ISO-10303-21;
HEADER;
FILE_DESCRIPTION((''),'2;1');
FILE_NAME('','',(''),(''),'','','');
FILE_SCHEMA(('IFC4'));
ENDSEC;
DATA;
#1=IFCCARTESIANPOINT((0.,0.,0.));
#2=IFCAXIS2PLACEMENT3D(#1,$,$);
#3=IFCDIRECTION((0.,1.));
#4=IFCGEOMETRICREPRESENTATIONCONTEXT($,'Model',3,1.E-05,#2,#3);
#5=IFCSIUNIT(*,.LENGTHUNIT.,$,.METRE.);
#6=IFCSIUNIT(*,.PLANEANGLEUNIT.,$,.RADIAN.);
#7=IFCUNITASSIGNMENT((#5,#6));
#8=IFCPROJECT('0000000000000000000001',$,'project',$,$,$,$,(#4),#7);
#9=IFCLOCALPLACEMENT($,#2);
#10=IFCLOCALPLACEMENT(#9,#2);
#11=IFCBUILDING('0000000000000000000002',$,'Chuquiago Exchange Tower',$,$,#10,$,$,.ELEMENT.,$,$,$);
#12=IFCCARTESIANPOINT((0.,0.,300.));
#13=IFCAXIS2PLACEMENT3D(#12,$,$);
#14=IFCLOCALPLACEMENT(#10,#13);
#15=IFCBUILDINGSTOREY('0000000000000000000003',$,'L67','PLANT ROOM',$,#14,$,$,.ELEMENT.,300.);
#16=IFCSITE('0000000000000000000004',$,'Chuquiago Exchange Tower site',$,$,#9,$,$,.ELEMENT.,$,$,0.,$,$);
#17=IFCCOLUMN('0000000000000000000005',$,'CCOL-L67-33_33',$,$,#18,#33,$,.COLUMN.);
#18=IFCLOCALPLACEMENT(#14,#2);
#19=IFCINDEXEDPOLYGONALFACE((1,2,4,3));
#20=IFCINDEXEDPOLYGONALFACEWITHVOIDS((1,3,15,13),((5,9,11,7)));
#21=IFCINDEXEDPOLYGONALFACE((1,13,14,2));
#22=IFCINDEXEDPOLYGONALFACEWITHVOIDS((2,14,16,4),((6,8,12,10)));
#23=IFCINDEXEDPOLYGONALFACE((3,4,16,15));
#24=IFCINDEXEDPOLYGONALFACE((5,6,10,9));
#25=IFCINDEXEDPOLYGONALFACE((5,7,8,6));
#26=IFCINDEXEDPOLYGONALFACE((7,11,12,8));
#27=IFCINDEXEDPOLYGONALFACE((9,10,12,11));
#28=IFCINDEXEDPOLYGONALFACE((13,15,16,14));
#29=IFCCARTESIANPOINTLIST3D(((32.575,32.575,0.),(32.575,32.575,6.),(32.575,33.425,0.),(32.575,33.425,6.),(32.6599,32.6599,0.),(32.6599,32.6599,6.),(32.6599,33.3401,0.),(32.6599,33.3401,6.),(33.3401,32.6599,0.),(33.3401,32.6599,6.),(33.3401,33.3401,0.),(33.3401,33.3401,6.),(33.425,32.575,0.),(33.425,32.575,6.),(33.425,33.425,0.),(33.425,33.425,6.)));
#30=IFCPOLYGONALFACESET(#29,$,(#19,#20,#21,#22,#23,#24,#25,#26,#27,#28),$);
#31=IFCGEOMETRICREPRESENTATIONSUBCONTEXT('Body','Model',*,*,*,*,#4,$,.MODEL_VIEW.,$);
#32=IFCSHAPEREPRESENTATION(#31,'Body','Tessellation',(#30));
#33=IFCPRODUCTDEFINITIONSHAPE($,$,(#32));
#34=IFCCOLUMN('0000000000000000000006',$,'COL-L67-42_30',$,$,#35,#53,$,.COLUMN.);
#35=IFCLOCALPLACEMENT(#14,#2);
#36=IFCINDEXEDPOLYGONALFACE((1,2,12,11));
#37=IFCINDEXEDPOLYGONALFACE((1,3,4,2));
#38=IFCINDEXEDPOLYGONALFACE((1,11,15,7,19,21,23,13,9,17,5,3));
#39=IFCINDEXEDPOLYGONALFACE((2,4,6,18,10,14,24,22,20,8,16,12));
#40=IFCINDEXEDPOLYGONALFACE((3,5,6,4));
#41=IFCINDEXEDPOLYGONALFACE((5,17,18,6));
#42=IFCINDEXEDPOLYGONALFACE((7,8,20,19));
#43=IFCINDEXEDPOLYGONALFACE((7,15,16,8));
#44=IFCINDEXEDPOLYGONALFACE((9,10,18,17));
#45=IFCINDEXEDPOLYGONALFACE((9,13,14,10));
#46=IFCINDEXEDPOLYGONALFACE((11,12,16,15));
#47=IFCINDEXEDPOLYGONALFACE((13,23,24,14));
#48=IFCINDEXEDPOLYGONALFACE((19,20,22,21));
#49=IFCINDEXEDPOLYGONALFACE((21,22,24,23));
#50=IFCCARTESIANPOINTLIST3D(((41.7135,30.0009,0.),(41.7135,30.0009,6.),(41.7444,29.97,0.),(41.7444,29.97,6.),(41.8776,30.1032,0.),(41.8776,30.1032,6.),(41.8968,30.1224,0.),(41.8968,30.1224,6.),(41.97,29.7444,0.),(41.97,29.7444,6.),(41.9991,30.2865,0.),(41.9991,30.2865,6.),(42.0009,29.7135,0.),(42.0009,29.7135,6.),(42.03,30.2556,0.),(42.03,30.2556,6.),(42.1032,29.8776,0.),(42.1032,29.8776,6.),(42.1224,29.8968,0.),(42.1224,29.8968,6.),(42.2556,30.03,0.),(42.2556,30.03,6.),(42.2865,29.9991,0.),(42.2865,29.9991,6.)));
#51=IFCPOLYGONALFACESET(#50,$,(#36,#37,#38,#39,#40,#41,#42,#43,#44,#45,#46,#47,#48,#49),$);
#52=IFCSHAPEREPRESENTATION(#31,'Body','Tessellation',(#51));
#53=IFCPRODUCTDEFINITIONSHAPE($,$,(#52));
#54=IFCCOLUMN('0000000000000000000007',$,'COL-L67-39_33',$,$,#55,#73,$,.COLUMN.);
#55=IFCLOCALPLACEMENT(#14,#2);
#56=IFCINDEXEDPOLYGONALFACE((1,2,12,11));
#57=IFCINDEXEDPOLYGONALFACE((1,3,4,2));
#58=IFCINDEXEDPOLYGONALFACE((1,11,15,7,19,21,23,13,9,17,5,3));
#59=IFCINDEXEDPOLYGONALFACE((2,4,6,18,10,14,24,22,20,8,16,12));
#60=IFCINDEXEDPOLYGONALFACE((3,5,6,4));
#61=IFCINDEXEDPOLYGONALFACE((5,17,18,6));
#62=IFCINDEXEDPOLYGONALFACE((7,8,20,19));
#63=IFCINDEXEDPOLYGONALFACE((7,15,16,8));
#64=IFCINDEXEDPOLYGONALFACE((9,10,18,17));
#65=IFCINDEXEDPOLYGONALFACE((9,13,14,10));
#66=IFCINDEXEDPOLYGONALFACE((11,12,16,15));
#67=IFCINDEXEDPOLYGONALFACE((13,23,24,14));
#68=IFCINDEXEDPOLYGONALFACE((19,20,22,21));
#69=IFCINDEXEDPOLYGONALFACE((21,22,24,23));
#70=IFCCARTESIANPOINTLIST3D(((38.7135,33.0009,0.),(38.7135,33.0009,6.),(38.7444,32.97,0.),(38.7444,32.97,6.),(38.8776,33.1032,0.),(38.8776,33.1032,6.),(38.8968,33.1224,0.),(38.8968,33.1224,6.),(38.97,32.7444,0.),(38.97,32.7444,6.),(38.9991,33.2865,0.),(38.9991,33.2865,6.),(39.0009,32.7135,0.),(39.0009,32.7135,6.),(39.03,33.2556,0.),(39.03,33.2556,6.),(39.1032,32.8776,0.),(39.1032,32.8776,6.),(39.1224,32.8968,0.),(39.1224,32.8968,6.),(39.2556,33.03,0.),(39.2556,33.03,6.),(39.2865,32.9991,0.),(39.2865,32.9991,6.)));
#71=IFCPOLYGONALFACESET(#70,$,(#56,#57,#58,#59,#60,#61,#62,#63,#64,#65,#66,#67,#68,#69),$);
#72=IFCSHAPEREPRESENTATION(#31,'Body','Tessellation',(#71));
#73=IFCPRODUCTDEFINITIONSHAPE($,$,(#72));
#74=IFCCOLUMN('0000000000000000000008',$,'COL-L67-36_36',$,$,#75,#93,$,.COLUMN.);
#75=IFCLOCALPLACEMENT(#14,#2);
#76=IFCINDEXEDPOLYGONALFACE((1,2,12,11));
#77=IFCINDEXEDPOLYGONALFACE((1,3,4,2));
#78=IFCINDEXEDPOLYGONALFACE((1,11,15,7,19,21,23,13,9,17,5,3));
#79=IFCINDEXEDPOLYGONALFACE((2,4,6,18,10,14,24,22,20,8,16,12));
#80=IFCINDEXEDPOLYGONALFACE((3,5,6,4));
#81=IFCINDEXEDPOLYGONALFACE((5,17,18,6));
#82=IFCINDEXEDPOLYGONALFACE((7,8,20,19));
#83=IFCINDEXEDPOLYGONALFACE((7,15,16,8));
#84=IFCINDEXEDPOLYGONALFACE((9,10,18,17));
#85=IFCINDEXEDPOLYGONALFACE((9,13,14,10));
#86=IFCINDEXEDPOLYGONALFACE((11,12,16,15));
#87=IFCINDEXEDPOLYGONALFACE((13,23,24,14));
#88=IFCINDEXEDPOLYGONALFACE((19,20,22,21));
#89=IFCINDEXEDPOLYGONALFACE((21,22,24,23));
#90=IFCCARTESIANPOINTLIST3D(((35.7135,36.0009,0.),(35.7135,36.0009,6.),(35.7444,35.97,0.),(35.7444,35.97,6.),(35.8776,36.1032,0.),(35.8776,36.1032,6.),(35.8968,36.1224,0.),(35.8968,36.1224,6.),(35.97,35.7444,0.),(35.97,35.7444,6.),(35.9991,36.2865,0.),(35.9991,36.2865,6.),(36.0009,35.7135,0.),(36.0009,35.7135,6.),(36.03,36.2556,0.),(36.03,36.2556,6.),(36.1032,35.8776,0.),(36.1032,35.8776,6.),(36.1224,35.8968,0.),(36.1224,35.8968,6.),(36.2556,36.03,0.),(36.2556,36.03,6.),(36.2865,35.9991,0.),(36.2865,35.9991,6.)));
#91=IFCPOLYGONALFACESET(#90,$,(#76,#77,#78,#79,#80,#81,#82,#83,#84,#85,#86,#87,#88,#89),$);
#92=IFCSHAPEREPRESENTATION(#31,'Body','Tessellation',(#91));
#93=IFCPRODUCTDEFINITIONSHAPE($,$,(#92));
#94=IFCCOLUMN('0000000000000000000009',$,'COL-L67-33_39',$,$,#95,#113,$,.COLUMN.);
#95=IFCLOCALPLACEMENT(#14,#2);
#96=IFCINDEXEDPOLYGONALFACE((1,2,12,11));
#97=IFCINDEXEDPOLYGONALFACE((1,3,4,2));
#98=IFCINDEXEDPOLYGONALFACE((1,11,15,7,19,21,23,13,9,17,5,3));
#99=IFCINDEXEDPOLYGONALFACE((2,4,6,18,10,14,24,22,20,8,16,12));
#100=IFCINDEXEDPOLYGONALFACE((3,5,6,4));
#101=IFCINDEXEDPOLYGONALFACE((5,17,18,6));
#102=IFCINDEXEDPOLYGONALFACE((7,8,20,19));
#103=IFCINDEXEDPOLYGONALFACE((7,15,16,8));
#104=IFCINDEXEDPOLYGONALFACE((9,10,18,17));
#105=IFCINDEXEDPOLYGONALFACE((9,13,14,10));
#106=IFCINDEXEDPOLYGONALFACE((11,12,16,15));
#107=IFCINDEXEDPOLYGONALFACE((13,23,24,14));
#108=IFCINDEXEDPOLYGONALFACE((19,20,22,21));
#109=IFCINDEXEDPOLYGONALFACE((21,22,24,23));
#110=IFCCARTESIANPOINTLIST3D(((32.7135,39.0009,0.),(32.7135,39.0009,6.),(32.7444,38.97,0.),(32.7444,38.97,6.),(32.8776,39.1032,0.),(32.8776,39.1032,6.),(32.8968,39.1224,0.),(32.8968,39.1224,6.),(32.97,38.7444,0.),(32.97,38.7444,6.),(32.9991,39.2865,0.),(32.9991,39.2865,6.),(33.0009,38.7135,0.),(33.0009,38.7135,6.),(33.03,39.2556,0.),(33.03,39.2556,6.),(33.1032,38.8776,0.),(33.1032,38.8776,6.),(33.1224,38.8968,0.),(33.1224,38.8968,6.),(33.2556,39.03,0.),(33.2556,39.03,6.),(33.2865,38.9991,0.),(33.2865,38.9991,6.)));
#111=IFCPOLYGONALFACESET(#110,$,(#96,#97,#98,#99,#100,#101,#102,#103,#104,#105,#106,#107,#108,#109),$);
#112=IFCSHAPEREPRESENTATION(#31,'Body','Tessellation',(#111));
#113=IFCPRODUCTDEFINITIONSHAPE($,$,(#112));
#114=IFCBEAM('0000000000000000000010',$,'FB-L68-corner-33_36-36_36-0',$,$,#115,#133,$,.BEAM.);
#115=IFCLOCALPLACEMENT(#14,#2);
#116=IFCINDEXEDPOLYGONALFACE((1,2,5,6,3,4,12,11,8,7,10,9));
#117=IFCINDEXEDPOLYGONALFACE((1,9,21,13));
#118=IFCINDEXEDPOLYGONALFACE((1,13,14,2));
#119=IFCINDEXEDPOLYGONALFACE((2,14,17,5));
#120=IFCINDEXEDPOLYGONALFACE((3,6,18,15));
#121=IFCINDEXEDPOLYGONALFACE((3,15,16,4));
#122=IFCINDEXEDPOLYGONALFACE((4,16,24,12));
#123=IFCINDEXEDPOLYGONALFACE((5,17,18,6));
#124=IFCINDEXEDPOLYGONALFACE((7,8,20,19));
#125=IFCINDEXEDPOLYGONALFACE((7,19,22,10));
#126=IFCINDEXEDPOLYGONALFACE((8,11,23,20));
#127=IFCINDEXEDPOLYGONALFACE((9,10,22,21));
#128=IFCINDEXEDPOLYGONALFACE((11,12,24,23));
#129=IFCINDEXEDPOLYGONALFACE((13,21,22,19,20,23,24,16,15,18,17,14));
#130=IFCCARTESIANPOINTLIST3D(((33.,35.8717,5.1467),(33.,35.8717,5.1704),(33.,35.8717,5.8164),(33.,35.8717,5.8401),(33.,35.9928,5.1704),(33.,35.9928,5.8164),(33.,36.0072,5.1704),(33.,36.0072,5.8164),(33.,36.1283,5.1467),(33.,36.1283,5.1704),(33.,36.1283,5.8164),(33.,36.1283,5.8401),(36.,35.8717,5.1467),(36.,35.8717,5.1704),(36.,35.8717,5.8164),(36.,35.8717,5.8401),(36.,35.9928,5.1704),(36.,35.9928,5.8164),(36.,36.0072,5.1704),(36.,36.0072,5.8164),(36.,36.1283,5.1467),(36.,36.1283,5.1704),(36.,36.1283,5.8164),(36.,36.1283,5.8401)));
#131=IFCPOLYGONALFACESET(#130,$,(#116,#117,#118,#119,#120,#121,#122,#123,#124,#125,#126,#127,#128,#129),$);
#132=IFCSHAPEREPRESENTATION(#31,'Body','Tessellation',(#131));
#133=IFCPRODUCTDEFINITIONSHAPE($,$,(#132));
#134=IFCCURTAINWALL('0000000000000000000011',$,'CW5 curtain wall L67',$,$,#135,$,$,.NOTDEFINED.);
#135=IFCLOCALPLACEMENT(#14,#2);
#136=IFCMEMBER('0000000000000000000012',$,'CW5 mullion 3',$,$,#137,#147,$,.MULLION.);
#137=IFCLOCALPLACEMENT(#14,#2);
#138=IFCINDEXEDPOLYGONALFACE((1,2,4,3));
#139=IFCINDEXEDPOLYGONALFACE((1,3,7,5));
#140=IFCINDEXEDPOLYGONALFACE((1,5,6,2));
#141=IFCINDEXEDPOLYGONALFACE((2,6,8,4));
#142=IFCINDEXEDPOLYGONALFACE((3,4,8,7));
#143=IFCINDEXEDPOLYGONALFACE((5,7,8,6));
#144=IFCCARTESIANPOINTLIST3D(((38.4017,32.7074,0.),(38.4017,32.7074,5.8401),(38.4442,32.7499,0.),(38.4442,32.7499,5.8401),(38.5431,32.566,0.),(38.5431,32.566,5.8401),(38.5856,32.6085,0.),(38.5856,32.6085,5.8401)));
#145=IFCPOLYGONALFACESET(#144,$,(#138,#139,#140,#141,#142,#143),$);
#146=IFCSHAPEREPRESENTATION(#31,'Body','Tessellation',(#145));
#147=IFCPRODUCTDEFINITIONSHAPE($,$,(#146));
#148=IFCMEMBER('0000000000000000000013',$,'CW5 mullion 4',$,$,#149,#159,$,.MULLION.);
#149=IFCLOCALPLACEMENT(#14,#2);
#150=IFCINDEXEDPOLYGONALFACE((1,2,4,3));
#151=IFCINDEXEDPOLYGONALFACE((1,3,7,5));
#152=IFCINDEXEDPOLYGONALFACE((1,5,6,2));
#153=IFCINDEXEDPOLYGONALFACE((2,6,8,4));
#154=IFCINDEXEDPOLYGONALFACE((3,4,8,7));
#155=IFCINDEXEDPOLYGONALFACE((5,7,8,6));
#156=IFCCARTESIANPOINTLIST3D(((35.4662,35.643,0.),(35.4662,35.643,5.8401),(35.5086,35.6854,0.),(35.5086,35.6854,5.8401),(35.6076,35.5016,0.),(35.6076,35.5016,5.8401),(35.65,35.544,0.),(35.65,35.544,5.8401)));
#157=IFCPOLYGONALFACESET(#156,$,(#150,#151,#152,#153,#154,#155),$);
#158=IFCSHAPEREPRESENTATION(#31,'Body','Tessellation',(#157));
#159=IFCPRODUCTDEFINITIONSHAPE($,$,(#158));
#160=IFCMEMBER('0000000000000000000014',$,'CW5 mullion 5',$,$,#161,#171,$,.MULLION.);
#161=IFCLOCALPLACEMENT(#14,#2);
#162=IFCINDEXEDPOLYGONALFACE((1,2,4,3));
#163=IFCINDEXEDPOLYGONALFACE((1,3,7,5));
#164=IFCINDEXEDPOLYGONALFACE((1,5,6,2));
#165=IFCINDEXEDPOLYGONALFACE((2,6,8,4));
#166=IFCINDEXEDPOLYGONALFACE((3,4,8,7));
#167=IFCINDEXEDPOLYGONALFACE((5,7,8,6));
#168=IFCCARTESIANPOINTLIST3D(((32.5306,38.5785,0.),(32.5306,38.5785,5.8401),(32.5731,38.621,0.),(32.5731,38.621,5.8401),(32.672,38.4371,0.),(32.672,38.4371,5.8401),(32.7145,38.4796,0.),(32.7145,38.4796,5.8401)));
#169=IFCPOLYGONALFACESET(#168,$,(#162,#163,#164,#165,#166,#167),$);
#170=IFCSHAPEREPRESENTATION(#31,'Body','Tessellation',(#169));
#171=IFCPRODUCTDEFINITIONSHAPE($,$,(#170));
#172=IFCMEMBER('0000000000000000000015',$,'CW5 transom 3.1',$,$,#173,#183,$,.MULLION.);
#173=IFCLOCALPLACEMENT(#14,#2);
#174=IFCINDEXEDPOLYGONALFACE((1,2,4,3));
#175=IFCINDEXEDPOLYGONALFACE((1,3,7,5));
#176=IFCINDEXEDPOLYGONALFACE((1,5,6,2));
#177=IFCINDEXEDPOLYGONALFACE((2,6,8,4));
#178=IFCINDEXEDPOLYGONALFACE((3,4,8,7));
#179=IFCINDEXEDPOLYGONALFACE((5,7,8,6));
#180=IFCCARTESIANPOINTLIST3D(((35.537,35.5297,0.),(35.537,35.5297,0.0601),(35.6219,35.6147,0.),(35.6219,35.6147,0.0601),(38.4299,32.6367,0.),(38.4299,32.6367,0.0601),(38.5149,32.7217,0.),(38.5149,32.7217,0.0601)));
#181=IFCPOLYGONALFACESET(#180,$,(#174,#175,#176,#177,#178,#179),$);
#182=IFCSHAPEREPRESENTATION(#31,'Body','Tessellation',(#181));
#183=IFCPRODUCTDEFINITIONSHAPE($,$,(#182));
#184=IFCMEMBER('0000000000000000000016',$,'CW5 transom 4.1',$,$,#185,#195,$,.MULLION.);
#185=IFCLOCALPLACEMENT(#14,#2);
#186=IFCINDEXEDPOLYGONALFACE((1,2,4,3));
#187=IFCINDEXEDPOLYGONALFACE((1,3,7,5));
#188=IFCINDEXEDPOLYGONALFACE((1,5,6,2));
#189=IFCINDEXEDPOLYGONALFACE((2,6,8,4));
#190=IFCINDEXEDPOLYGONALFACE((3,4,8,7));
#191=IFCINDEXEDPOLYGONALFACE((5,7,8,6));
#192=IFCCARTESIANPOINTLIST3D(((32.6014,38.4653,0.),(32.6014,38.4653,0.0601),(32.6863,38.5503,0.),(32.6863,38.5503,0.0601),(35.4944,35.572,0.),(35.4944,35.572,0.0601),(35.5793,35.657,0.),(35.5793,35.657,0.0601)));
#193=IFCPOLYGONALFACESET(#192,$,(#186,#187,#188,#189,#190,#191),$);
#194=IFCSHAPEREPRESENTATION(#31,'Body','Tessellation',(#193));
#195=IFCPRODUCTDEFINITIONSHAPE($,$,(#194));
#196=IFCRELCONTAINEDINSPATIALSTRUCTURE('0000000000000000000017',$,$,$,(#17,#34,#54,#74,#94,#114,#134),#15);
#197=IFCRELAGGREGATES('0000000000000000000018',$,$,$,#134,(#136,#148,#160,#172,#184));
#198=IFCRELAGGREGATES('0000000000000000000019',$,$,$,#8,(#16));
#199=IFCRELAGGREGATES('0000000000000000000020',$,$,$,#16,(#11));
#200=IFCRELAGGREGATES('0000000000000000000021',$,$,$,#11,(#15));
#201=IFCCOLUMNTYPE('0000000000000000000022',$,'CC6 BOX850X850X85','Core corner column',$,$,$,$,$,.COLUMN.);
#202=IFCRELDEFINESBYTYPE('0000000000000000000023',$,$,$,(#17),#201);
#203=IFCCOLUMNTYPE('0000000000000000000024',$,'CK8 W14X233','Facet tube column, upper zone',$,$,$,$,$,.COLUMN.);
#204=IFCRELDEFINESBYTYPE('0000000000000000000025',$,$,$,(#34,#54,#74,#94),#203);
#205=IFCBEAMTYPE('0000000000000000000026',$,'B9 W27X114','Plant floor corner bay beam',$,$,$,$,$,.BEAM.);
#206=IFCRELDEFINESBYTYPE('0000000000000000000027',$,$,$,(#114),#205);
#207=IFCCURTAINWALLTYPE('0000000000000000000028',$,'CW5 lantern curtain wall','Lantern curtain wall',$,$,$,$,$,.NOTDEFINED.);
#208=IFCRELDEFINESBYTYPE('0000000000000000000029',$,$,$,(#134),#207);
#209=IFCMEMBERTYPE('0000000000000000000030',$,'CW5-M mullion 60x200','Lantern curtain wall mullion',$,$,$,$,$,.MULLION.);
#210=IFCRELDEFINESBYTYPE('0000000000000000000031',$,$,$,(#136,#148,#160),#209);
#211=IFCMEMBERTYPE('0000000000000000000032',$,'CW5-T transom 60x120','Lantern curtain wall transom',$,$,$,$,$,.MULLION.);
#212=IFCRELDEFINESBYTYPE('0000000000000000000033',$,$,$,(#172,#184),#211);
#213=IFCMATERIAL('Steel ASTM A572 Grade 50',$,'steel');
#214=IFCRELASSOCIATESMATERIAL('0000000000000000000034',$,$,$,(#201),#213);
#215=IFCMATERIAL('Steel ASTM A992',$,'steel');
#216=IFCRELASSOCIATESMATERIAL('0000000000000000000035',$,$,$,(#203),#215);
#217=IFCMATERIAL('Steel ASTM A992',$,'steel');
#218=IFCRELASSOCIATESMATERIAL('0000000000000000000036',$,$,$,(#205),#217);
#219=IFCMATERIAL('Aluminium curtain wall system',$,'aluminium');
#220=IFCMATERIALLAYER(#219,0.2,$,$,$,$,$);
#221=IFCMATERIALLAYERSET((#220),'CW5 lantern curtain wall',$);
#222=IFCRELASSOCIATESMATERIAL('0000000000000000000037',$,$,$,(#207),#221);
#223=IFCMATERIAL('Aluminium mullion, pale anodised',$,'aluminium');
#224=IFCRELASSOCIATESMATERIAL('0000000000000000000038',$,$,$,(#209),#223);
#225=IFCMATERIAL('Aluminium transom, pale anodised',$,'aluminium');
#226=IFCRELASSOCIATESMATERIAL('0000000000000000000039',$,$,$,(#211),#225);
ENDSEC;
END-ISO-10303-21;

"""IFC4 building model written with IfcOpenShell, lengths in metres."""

from ifc_helpers import new_model, si_unit, direction, frame, origin, origin_2d, place, context, subcontext, project, spatial, rectangle, hollow_rectangle, i_section, extrude, material, layer, layer_set, material_profile, profile_set, type_object, element, aggregate, save


model = new_model("IFC4")

# Units and contexts
model_context = context("Model", 3, precision=1e-05, world=origin(), true_north=direction((0.0, 1.0)))
body_context = subcontext(model_context, "Body", "Model", "MODEL_VIEW")
ifc_project = project(units=[si_unit("LENGTHUNIT", "METRE"), si_unit("PLANEANGLEUNIT", "RADIAN")], contexts=[model_context])

# Site, building, storey
site_placement = place(None, origin())
site = spatial("IfcSite", under=ifc_project, at=site_placement, Name="Chuquiago Exchange Tower site", CompositionType="ELEMENT", RefElevation=0.0)
building_placement = place(site_placement, origin())
building = spatial("IfcBuilding", under=site, at=building_placement, Name="Chuquiago Exchange Tower", CompositionType="ELEMENT")
storey_placement = place(building_placement, frame((0.0, 0.0, 300.0)))
storey = spatial("IfcBuildingStorey", under=building, at=storey_placement, Name="L67", Description="PLANT ROOM", CompositionType="ELEMENT", Elevation=300.0)

# Columns
ifc_material_1 = material(Name="Steel ASTM A572 Grade 50", Category="steel")
ifc_material_profile_1 = material_profile(ifc_material_1, hollow_rectangle(XDim=0.8501, YDim=0.8501, WallThickness=0.085, at=origin_2d()), Name="BOX850X850X85")
ifc_profile_set_1 = profile_set([ifc_material_profile_1], Name="Steel ASTM A572 Grade 50")
column_type_1 = type_object("IfcColumnType", Name="CC6 BOX850X850X85", Description="Core corner column", PredefinedType="COLUMN", material=ifc_profile_set_1)
column_placement = place(storey_placement, frame((33.0, 33.0, 0.0), z_axis=(0.0, 0.0, 1.0), x_axis=(1.0, 0.0, 0.0)))
element("IfcColumn", 1, at=column_placement, inside=storey, type_object=column_type_1, Name="CCOL-L67-33_33", PredefinedType="COLUMN", context=body_context, shape_type="SweptSolid", body=[
    extrude(hollow_rectangle(XDim=0.8501, YDim=0.8501, WallThickness=0.085, at=origin_2d()), origin(), (0.0, 0.0, 1.0), 6.0),
])
ifc_material_2 = material(Name="Steel ASTM A992", Category="steel")
ifc_material_profile_2 = material_profile(ifc_material_2, i_section(OverallWidth=0.4038, OverallDepth=0.4065, WebThickness=0.0271, FlangeThickness=0.0437, at=origin_2d()), Name="W14X233")
ifc_profile_set_2 = profile_set([ifc_material_profile_2], Name="Steel ASTM A992")
column_type_2 = type_object("IfcColumnType", Name="CK8 W14X233", Description="Facet tube column, upper zone", PredefinedType="COLUMN", material=ifc_profile_set_2)
for number, where, z_axis, x_axis, name in (
    (2, (42.0, 30.0, 0.0), (0.0, 0.0, 1.0), (0.707107, 0.707107, 0.0), "COL-L67-42_30"),
    (3, (39.0, 33.0, 0.0), (0.0, 0.0, 1.0), (0.707107, 0.707107, 0.0), "COL-L67-39_33"),
    (4, (36.0, 36.0, 0.0), (0.0, 0.0, 1.0), (0.707107, 0.707107, 0.0), "COL-L67-36_36"),
    (5, (33.0, 39.0, 0.0), (0.0, 0.0, 1.0), (0.707107, 0.707107, 0.0), "COL-L67-33_39"),
):
    element("IfcColumn", number, at=place(storey_placement, frame(where, z_axis=z_axis, x_axis=x_axis)), inside=storey, type_object=column_type_2, Name=name, PredefinedType="COLUMN", context=body_context, shape_type="SweptSolid", body=[
        extrude(i_section(OverallWidth=0.4038, OverallDepth=0.4065, WebThickness=0.0271, FlangeThickness=0.0437, at=origin_2d()), origin(), (0.0, 0.0, 1.0), 6.0),
    ])

# Beam
ifc_material_3 = material(Name="Steel ASTM A992", Category="steel")
ifc_material_profile_3 = material_profile(ifc_material_3, i_section(OverallWidth=0.2566, OverallDepth=0.6934, WebThickness=0.0144, FlangeThickness=0.0237, at=origin_2d()), Name="W27X114")
ifc_profile_set_3 = profile_set([ifc_material_profile_3], Name="Steel ASTM A992")
beam_type_1 = type_object("IfcBeamType", Name="B9 W27X114", Description="Plant floor corner bay beam", PredefinedType="BEAM", material=ifc_profile_set_3)
beam_placement = place(storey_placement, frame((33.0, 36.0, 5.4934), z_axis=(1.0, 0.0, 0.0), x_axis=(0.0, 1.0, 0.0)))
element("IfcBeam", 6, at=beam_placement, inside=storey, type_object=beam_type_1, Name="FB-L68-corner-33_36-36_36-0", PredefinedType="BEAM", context=body_context, shape_type="SweptSolid", body=[
    extrude(i_section(OverallWidth=0.2566, OverallDepth=0.6934, WebThickness=0.0144, FlangeThickness=0.0237, at=origin_2d()), origin(), (0.0, 0.0, 1.0), 3.0),
])

# Curtain wall, members
ifc_material_4 = material(Name="Aluminium curtain wall system", Category="aluminium")
ifc_layer_1 = layer(ifc_material_4, 0.2)
ifc_layer_set_1 = layer_set([ifc_layer_1], Name="CW5 lantern curtain wall")
curtain_wall_type = type_object("IfcCurtainWallType", Name="CW5 lantern curtain wall", Description="Lantern curtain wall", PredefinedType="NOTDEFINED", material=ifc_layer_set_1)
curtain_wall_placement = place(storey_placement, origin())
curtain_wall = element("IfcCurtainWall", 7, at=curtain_wall_placement, inside=storey, type_object=curtain_wall_type, Name="CW5 curtain wall L67", PredefinedType="NOTDEFINED")
ifc_material_5 = material(Name="Aluminium mullion, pale anodised", Category="aluminium")
ifc_material_profile_4 = material_profile(ifc_material_5, rectangle(XDim=0.0601, YDim=0.2, at=origin_2d()), Name="AL 60x200")
ifc_profile_set_4 = profile_set([ifc_material_profile_4], Name="Aluminium mullion, pale anodised")
member_type_1 = type_object("IfcMemberType", Name="CW5-M mullion 60x200", Description="Lantern curtain wall mullion", PredefinedType="MULLION", material=ifc_profile_set_4)
member_1_placement = place(storey_placement, frame((38.4937, 32.658, 0.0), z_axis=(0.0, 0.0, 1.0), x_axis=(-0.707109, -0.707105, 0.0)))
member_1 = element("IfcMember", 8, at=member_1_placement, type_object=member_type_1, Name="CW5 mullion 3", PredefinedType="MULLION", context=body_context, shape_type="SweptSolid", body=[
    extrude(rectangle(XDim=0.0601, YDim=0.2, at=origin_2d()), origin(), (0.0, 0.0, 1.0), 5.8401),
])
member_2_placement = place(storey_placement, frame((35.5581, 35.5935, 0.0), z_axis=(0.0, 0.0, 1.0), x_axis=(-0.707109, -0.707105, 0.0)))
member_2 = element("IfcMember", 9, at=member_2_placement, type_object=member_type_1, Name="CW5 mullion 4", PredefinedType="MULLION", context=body_context, shape_type="SweptSolid", body=[
    extrude(rectangle(XDim=0.0601, YDim=0.2, at=origin_2d()), origin(), (0.0, 0.0, 1.0), 5.8401),
])
member_3_placement = place(storey_placement, frame((32.6226, 38.5291, 0.0), z_axis=(0.0, 0.0, 1.0), x_axis=(-0.707109, -0.707105, 0.0)))
member_3 = element("IfcMember", 10, at=member_3_placement, type_object=member_type_1, Name="CW5 mullion 5", PredefinedType="MULLION", context=body_context, shape_type="SweptSolid", body=[
    extrude(rectangle(XDim=0.0601, YDim=0.2, at=origin_2d()), origin(), (0.0, 0.0, 1.0), 5.8401),
])
ifc_material_6 = material(Name="Aluminium transom, pale anodised", Category="aluminium")
ifc_material_profile_5 = material_profile(ifc_material_6, rectangle(XDim=0.1201, YDim=0.0601, at=origin_2d()), Name="AL 120x60")
ifc_profile_set_5 = profile_set([ifc_material_profile_5], Name="Aluminium transom, pale anodised")
member_type_2 = type_object("IfcMemberType", Name="CW5-T transom 60x120", Description="Lantern curtain wall transom", PredefinedType="MULLION", material=ifc_profile_set_5)
member_4_placement = place(storey_placement, frame((38.4724, 32.6792, 0.03), z_axis=(-0.707107, 0.707107, 0.0), x_axis=(-0.707107, -0.707107, 0.0)))
member_4 = element("IfcMember", 11, at=member_4_placement, type_object=member_type_2, Name="CW5 transom 3.1", PredefinedType="MULLION", context=body_context, shape_type="SweptSolid", body=[
    extrude(rectangle(XDim=0.1201, YDim=0.0601, at=origin_2d()), origin(), (0.0, 0.0, 1.0), 4.0913),
])
member_5_placement = place(storey_placement, frame((35.5369, 35.6145, 0.03), z_axis=(-0.707077, 0.707137, 0.0), x_axis=(-0.707137, -0.707077, 0.0)))
member_5 = element("IfcMember", 12, at=member_5_placement, type_object=member_type_2, Name="CW5 transom 4.1", PredefinedType="MULLION", context=body_context, shape_type="SweptSolid", body=[
    extrude(rectangle(XDim=0.1201, YDim=0.0601, at=origin_2d()), origin(), (0.0, 0.0, 1.0), 4.0916),
])

aggregate(curtain_wall, [member_1, member_2, member_3, member_4, member_5])

save(model, "model.ifc")
